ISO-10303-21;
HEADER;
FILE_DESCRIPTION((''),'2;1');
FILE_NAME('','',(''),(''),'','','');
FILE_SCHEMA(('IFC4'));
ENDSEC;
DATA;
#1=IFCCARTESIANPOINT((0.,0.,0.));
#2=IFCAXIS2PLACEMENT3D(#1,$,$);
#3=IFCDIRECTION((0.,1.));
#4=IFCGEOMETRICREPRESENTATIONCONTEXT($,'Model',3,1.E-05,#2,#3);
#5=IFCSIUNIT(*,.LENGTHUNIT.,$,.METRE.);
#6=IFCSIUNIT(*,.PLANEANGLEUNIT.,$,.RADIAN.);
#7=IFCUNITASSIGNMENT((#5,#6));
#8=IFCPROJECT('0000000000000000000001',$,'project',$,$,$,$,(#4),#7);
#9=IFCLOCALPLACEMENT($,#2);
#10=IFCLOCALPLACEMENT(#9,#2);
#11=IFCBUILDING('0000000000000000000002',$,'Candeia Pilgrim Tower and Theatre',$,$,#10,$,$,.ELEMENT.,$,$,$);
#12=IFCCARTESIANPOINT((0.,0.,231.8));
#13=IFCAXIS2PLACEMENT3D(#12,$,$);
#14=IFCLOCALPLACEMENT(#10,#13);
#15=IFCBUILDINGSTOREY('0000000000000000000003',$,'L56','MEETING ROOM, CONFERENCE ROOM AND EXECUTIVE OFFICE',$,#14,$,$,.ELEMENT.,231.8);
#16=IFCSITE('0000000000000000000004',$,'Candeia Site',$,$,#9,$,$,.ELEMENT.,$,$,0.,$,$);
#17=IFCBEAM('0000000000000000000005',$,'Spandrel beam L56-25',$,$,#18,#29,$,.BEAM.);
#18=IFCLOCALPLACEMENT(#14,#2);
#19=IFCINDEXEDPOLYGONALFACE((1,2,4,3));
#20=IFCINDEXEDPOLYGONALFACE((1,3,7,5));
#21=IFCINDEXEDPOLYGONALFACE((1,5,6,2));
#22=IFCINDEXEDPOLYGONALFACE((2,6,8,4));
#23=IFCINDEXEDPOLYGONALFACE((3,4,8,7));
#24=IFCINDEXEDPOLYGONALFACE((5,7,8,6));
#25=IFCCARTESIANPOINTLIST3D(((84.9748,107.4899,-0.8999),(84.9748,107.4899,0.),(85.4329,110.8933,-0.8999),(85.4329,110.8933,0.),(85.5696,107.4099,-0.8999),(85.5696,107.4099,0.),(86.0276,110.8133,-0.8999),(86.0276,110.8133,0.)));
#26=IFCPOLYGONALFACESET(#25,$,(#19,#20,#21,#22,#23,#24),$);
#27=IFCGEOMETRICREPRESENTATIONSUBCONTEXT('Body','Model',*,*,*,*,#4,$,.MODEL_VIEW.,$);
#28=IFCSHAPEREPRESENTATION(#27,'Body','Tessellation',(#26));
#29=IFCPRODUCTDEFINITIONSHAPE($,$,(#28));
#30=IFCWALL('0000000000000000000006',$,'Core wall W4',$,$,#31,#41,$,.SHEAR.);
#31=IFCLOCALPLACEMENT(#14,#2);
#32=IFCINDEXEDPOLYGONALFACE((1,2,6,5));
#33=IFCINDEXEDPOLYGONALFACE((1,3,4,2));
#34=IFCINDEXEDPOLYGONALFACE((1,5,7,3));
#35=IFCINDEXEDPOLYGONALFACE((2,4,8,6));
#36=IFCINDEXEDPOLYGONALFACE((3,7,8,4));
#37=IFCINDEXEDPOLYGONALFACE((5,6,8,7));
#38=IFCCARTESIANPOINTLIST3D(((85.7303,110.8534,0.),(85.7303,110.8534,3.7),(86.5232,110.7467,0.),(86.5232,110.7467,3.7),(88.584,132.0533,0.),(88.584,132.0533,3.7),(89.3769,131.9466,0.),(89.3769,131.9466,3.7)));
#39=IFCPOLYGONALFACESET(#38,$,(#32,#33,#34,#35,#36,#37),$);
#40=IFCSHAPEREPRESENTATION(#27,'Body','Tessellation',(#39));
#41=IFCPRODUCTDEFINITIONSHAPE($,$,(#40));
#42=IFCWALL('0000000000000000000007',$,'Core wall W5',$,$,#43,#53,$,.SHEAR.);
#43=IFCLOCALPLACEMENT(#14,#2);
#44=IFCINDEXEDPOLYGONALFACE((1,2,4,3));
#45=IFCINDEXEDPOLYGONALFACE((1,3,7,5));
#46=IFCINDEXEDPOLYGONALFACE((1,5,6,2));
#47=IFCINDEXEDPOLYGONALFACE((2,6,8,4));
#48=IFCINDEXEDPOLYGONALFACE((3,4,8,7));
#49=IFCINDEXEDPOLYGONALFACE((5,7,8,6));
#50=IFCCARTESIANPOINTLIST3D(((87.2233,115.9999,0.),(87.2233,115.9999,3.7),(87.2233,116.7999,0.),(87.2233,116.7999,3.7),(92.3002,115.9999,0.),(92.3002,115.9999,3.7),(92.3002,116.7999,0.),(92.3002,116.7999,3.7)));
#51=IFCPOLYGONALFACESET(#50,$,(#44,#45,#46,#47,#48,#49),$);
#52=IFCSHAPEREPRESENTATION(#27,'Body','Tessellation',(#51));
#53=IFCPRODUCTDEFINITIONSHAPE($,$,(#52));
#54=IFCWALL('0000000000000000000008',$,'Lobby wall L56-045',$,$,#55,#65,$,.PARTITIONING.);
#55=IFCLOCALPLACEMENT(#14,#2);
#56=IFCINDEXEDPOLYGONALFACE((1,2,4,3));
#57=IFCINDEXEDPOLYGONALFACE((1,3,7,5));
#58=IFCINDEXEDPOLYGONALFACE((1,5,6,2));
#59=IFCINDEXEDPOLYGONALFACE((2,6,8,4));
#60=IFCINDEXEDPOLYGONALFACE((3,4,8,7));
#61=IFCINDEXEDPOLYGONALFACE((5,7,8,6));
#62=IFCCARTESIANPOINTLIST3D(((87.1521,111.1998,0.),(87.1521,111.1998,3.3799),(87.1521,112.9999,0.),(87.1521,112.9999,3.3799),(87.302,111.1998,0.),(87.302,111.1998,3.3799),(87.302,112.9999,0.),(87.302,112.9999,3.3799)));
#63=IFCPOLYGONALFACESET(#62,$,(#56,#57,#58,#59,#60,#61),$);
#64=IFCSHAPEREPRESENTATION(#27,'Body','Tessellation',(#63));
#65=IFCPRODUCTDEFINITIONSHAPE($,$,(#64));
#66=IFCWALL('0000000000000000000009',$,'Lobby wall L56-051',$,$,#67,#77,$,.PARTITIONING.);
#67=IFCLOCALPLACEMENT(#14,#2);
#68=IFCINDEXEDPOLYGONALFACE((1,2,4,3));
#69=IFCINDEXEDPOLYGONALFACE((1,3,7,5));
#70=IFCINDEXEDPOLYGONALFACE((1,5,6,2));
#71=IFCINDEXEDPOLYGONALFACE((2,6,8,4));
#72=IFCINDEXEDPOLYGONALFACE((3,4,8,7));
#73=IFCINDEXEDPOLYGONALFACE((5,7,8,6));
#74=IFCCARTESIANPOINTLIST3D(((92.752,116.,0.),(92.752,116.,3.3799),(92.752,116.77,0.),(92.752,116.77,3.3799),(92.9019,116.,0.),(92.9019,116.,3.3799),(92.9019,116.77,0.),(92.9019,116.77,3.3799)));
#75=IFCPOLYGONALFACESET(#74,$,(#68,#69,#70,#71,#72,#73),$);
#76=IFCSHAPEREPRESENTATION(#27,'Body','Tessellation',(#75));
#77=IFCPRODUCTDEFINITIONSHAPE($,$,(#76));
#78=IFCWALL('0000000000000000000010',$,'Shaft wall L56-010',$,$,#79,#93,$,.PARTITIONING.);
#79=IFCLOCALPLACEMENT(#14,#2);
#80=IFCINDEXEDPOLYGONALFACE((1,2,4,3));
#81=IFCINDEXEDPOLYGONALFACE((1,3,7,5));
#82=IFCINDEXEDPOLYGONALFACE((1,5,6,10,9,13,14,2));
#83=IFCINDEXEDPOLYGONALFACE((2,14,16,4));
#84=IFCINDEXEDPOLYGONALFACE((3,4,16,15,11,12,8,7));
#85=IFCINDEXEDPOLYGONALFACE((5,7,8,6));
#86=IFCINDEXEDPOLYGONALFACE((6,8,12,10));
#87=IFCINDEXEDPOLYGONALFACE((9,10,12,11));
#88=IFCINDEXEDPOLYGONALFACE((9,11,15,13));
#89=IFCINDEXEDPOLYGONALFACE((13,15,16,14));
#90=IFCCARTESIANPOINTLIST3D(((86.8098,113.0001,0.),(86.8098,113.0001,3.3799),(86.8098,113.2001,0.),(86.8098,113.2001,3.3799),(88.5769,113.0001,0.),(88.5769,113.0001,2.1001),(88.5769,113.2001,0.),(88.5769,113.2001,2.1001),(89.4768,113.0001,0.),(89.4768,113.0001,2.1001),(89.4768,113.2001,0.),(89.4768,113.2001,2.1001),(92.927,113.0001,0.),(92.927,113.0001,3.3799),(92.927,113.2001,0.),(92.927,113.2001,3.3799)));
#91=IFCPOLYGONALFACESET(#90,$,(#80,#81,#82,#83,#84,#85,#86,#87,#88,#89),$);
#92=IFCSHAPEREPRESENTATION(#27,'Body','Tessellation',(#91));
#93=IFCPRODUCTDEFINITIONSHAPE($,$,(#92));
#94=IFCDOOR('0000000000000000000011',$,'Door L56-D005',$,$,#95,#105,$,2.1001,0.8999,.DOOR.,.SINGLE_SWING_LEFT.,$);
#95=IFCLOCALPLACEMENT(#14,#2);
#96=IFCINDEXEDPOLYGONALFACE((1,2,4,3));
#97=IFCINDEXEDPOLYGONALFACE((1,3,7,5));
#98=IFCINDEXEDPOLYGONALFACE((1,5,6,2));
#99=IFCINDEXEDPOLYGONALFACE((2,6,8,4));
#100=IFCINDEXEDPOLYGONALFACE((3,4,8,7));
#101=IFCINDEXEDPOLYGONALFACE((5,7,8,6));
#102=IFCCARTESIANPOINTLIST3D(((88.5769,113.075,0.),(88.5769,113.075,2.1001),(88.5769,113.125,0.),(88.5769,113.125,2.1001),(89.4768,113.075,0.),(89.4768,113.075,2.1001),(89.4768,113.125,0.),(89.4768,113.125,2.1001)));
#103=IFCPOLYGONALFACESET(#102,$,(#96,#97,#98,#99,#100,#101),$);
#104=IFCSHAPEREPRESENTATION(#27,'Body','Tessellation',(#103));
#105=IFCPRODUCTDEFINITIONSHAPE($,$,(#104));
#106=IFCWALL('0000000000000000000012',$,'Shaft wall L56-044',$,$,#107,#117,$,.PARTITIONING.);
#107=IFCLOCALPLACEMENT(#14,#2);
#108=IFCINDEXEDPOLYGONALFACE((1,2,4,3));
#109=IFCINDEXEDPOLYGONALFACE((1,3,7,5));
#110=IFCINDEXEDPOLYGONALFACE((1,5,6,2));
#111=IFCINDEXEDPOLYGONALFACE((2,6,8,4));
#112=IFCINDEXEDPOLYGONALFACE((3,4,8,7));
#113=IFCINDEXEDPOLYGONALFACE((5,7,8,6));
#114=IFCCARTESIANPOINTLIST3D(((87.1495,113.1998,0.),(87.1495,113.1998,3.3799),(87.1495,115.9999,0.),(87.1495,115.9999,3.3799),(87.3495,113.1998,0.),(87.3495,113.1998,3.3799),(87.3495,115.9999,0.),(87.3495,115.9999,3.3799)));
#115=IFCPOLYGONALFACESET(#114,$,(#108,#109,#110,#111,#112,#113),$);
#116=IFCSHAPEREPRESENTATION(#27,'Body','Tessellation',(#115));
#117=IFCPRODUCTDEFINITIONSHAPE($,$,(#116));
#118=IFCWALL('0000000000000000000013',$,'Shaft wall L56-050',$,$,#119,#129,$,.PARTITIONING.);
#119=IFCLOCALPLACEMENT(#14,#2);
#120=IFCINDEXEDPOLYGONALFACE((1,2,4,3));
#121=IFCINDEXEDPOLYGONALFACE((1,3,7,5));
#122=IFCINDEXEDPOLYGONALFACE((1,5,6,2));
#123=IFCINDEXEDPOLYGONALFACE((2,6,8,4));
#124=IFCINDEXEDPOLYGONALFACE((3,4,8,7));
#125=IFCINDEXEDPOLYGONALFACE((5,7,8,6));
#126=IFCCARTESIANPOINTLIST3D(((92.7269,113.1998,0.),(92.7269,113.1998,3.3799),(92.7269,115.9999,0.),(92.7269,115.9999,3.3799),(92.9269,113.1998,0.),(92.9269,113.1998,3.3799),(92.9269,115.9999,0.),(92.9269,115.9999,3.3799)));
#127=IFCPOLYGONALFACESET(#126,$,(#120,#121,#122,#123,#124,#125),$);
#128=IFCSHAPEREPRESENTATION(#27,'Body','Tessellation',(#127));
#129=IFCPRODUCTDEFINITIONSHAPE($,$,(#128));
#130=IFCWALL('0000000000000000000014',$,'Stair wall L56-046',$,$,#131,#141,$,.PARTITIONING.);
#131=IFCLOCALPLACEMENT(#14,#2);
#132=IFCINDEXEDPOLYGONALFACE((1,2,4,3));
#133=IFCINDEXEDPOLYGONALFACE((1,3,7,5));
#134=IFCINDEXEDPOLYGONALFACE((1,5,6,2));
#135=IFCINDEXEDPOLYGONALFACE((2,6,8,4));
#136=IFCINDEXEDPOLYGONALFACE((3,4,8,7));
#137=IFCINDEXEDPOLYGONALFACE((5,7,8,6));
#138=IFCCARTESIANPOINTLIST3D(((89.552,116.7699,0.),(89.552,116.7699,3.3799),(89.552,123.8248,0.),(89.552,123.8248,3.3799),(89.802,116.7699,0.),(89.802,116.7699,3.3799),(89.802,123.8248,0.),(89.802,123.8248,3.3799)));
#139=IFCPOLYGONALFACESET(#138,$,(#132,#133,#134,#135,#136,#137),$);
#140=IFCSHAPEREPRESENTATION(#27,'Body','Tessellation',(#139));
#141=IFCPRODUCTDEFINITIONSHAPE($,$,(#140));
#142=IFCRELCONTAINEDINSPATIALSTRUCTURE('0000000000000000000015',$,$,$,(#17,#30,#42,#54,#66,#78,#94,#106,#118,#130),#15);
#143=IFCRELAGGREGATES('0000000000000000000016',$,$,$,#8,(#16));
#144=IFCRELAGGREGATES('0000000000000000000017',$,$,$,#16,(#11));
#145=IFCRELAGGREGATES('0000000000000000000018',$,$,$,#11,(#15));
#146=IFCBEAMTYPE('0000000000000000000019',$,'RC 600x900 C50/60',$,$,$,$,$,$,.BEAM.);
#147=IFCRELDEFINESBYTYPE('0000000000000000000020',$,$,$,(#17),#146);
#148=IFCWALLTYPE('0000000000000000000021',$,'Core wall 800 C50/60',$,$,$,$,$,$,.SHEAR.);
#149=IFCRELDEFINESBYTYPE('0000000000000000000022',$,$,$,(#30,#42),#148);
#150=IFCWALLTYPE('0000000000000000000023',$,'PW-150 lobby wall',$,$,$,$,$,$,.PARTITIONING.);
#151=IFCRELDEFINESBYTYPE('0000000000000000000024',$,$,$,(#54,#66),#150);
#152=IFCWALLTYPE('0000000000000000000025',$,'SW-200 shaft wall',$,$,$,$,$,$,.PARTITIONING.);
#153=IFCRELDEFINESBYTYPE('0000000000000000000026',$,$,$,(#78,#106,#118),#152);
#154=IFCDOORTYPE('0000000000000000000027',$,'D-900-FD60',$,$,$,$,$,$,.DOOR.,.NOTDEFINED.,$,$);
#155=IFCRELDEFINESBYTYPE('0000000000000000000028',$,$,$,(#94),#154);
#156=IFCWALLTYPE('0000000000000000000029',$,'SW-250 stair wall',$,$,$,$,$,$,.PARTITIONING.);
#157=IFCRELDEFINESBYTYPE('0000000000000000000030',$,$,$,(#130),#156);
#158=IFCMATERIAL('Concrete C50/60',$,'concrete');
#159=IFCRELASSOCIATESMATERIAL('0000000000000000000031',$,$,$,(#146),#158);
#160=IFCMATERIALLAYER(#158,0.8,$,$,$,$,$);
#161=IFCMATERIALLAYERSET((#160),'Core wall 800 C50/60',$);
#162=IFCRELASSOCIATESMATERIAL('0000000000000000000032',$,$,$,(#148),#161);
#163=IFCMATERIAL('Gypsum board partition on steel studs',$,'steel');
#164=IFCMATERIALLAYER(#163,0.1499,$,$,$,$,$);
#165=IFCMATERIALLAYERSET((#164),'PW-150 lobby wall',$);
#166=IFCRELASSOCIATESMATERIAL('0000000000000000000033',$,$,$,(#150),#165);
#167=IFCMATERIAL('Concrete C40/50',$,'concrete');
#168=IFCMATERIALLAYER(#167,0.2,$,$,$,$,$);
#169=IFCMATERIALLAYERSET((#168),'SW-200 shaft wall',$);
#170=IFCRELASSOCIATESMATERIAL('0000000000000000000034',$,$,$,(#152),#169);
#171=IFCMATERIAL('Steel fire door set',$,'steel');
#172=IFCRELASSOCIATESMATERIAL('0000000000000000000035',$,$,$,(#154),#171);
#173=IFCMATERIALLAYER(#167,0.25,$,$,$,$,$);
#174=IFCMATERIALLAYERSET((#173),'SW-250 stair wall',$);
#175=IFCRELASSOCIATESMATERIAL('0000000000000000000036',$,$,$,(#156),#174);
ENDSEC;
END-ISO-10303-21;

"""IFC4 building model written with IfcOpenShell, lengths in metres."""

from ifc_helpers import new_model, si_unit, direction, frame, frame_2d, origin, origin_2d, place, context, subcontext, project, spatial, rectangle, extrude, material, layer, layer_set, material_profile, profile_set, type_object, element, fill, save


model = new_model("IFC4")

# Units and contexts
model_context = context("Model", 3, precision=1e-05, world=origin(), true_north=direction((0.0, 1.0)))
body_context = subcontext(model_context, "Body", "Model", "MODEL_VIEW")
ifc_project = project(units=[si_unit("LENGTHUNIT", "METRE"), si_unit("PLANEANGLEUNIT", "RADIAN")], contexts=[model_context])

# Site, building, storey
site_placement = place(None, origin())
site = spatial("IfcSite", under=ifc_project, at=site_placement, Name="Candeia Site", CompositionType="ELEMENT", RefElevation=0.0)
building_placement = place(site_placement, origin())
building = spatial("IfcBuilding", under=site, at=building_placement, Name="Candeia Pilgrim Tower and Theatre", CompositionType="ELEMENT")
storey_placement = place(building_placement, frame((0.0, 0.0, 231.8)))
storey = spatial("IfcBuildingStorey", under=building, at=storey_placement, Name="L56", Description="MEETING ROOM, CONFERENCE ROOM AND EXECUTIVE OFFICE", CompositionType="ELEMENT", Elevation=231.8)

# Beam
ifc_material_1 = material(Name="Concrete C50/60", Category="concrete")
ifc_material_profile = material_profile(ifc_material_1, rectangle(XDim=0.6001, YDim=0.8999, at=origin_2d()))
ifc_profile_set = profile_set([ifc_material_profile], Name="Concrete C50/60")
beam_type = type_object("IfcBeamType", Name="RC 600x900 C50/60", PredefinedType="BEAM", material=ifc_profile_set)
beam_placement = place(storey_placement, frame((85.7302, 110.8533, -0.45), z_axis=(-0.133374, -0.991066, 0.0), x_axis=(0.991066, -0.133374, 0.0)))
element("IfcBeam", 1, at=beam_placement, inside=storey, type_object=beam_type, Name="Spandrel beam L56-25", PredefinedType="BEAM", context=body_context, shape_type="SweptSolid", body=[
    extrude(rectangle(XDim=0.6001, YDim=0.8999, at=origin_2d()), origin(), (0.0, 0.0, 1.0), 3.4341),
])

# Walls
ifc_layer_1 = layer(ifc_material_1, 0.8)
ifc_layer_set_1 = layer_set([ifc_layer_1], Name="Core wall 800 C50/60")
wall_type_1 = type_object("IfcWallType", Name="Core wall 800 C50/60", PredefinedType="SHEAR", material=ifc_layer_set_1)
wall_1_placement = place(storey_placement, frame((86.1267, 110.8, 0.0), z_axis=(0.0, 0.0, 1.0), x_axis=(0.133408, 0.991061, 0.0)))
element("IfcWall", 2, at=wall_1_placement, inside=storey, type_object=wall_type_1, Name="Core wall W4", PredefinedType="SHEAR", context=body_context, shape_type="SweptSolid", body=[
    extrude(rectangle(XDim=21.3911, YDim=0.8, at=frame_2d((10.6956, 0.0))), origin(), (0.0, 0.0, 1.0), 3.7),
])
wall_2_placement = place(storey_placement, frame((87.2231, 116.3999, 0.0), z_axis=(0.0, 0.0, 1.0), x_axis=(1.0, 0.0, 0.0)))
element("IfcWall", 3, at=wall_2_placement, inside=storey, type_object=wall_type_1, Name="Core wall W5", PredefinedType="SHEAR", context=body_context, shape_type="SweptSolid", body=[
    extrude(rectangle(XDim=5.0769, YDim=0.8, at=frame_2d((2.5386, 0.0))), origin(), (0.0, 0.0, 1.0), 3.7),
])
ifc_material_2 = material(Name="Gypsum board partition on steel studs", Category="steel")
ifc_layer_2 = layer(ifc_material_2, 0.1499)
ifc_layer_set_2 = layer_set([ifc_layer_2], Name="PW-150 lobby wall")
wall_type_2 = type_object("IfcWallType", Name="PW-150 lobby wall", PredefinedType="PARTITIONING", material=ifc_layer_set_2)
wall_3_placement = place(storey_placement, frame((87.2271, 111.2, 0.0), z_axis=(0.0, 0.0, 1.0), x_axis=(0.0, 1.0, 0.0)))
element("IfcWall", 4, at=wall_3_placement, inside=storey, type_object=wall_type_2, Name="Lobby wall L56-045", PredefinedType="PARTITIONING", context=body_context, shape_type="SweptSolid", body=[
    extrude(rectangle(XDim=1.8, YDim=0.1499, at=frame_2d((0.8999, 0.0))), origin(), (0.0, 0.0, 1.0), 3.3799),
])
wall_4_placement = place(storey_placement, frame((92.8269, 116.0, 0.0), z_axis=(0.0, 0.0, 1.0), x_axis=(0.0, 1.0, 0.0)))
element("IfcWall", 5, at=wall_4_placement, inside=storey, type_object=wall_type_2, Name="Lobby wall L56-051", PredefinedType="PARTITIONING", context=body_context, shape_type="SweptSolid", body=[
    extrude(rectangle(XDim=0.77, YDim=0.1499, at=frame_2d((0.385, 0.0))), origin(), (0.0, 0.0, 1.0), 3.3799),
])

# Wall, opening, door
ifc_material_3 = material(Name="Concrete C40/50", Category="concrete")
ifc_layer_3 = layer(ifc_material_3, 0.2)
ifc_layer_set_3 = layer_set([ifc_layer_3], Name="SW-200 shaft wall")
wall_type_3 = type_object("IfcWallType", Name="SW-200 shaft wall", PredefinedType="PARTITIONING", material=ifc_layer_set_3)
wall_5_placement = place(storey_placement, frame((86.8098, 113.1001, 0.0), z_axis=(0.0, 0.0, 1.0), x_axis=(1.0, 0.0, 0.0)))
wall_5 = element("IfcWall", 6, at=wall_5_placement, inside=storey, type_object=wall_type_3, Name="Shaft wall L56-010", PredefinedType="PARTITIONING", context=body_context, shape_type="SweptSolid", body=[
    extrude(rectangle(XDim=6.1172, YDim=0.2, at=frame_2d((3.0586, 0.0))), origin(), (0.0, 0.0, 1.0), 3.3799),
])
opening_placement = place(wall_5_placement, frame((1.7671, 0.0, 0.0)))
opening = element("IfcOpeningElement", 7, at=opening_placement, cuts=wall_5, PredefinedType="OPENING", context=body_context, shape_type="SweptSolid", body=[
    extrude(rectangle(XDim=0.8999, YDim=2.1001, at=frame_2d((0.45, 1.05))), frame((0.0, 0.1099, 0.0), z_axis=(0.0, -1.0, 0.0), x_axis=(1.0, 0.0, 0.0)), (0.0, 0.0, 1.0), 0.22),
])
ifc_material_4 = material(Name="Steel fire door set", Category="steel")
door_type = type_object("IfcDoorType", Name="D-900-FD60", OperationType="NOTDEFINED", PredefinedType="DOOR", material=ifc_material_4)
door_placement = place(opening_placement, origin())
door = element("IfcDoor", 8, at=door_placement, inside=storey, type_object=door_type, Name="Door L56-D005", OperationType="SINGLE_SWING_LEFT", OverallHeight=2.1001, OverallWidth=0.8999, PredefinedType="DOOR", context=body_context, shape_type="SweptSolid", body=[
    extrude(rectangle(XDim=0.8999, YDim=2.1001, at=frame_2d((0.45, 1.05))), frame((0.0, 0.0249, 0.0), z_axis=(0.0, -1.0, 0.0), x_axis=(1.0, 0.0, 0.0)), (0.0, 0.0, 1.0), 0.05),
])
fill(opening, door)

# Walls
for number, where, z_axis, x_axis, name in (
    (9, (87.2495, 113.2, 0.0), (0.0, 0.0, 1.0), (0.0, 1.0, 0.0), "Shaft wall L56-044"),
    (10, (92.8269, 113.2, 0.0), (0.0, 0.0, 1.0), (0.0, 1.0, 0.0), "Shaft wall L56-050"),
):
    element("IfcWall", number, at=place(storey_placement, frame(where, z_axis=z_axis, x_axis=x_axis)), inside=storey, type_object=wall_type_3, Name=name, PredefinedType="PARTITIONING", context=body_context, shape_type="SweptSolid", body=[
        extrude(rectangle(XDim=2.8, YDim=0.2, at=frame_2d((1.3999, 0.0))), origin(), (0.0, 0.0, 1.0), 3.3799),
    ])
ifc_layer_4 = layer(ifc_material_3, 0.25)
ifc_layer_set_4 = layer_set([ifc_layer_4], Name="SW-250 stair wall")
wall_type_4 = type_object("IfcWallType", Name="SW-250 stair wall", PredefinedType="PARTITIONING", material=ifc_layer_set_4)
wall_6_placement = place(storey_placement, frame((89.677, 116.77, 0.0), z_axis=(0.0, 0.0, 1.0), x_axis=(0.0, 1.0, 0.0)))
element("IfcWall", 11, at=wall_6_placement, inside=storey, type_object=wall_type_4, Name="Stair wall L56-046", PredefinedType="PARTITIONING", context=body_context, shape_type="SweptSolid", body=[
    extrude(rectangle(XDim=7.0549, YDim=0.25, at=frame_2d((3.5273, 0.0))), origin(), (0.0, 0.0, 1.0), 3.3799),
])

save(model, "model.ifc")
